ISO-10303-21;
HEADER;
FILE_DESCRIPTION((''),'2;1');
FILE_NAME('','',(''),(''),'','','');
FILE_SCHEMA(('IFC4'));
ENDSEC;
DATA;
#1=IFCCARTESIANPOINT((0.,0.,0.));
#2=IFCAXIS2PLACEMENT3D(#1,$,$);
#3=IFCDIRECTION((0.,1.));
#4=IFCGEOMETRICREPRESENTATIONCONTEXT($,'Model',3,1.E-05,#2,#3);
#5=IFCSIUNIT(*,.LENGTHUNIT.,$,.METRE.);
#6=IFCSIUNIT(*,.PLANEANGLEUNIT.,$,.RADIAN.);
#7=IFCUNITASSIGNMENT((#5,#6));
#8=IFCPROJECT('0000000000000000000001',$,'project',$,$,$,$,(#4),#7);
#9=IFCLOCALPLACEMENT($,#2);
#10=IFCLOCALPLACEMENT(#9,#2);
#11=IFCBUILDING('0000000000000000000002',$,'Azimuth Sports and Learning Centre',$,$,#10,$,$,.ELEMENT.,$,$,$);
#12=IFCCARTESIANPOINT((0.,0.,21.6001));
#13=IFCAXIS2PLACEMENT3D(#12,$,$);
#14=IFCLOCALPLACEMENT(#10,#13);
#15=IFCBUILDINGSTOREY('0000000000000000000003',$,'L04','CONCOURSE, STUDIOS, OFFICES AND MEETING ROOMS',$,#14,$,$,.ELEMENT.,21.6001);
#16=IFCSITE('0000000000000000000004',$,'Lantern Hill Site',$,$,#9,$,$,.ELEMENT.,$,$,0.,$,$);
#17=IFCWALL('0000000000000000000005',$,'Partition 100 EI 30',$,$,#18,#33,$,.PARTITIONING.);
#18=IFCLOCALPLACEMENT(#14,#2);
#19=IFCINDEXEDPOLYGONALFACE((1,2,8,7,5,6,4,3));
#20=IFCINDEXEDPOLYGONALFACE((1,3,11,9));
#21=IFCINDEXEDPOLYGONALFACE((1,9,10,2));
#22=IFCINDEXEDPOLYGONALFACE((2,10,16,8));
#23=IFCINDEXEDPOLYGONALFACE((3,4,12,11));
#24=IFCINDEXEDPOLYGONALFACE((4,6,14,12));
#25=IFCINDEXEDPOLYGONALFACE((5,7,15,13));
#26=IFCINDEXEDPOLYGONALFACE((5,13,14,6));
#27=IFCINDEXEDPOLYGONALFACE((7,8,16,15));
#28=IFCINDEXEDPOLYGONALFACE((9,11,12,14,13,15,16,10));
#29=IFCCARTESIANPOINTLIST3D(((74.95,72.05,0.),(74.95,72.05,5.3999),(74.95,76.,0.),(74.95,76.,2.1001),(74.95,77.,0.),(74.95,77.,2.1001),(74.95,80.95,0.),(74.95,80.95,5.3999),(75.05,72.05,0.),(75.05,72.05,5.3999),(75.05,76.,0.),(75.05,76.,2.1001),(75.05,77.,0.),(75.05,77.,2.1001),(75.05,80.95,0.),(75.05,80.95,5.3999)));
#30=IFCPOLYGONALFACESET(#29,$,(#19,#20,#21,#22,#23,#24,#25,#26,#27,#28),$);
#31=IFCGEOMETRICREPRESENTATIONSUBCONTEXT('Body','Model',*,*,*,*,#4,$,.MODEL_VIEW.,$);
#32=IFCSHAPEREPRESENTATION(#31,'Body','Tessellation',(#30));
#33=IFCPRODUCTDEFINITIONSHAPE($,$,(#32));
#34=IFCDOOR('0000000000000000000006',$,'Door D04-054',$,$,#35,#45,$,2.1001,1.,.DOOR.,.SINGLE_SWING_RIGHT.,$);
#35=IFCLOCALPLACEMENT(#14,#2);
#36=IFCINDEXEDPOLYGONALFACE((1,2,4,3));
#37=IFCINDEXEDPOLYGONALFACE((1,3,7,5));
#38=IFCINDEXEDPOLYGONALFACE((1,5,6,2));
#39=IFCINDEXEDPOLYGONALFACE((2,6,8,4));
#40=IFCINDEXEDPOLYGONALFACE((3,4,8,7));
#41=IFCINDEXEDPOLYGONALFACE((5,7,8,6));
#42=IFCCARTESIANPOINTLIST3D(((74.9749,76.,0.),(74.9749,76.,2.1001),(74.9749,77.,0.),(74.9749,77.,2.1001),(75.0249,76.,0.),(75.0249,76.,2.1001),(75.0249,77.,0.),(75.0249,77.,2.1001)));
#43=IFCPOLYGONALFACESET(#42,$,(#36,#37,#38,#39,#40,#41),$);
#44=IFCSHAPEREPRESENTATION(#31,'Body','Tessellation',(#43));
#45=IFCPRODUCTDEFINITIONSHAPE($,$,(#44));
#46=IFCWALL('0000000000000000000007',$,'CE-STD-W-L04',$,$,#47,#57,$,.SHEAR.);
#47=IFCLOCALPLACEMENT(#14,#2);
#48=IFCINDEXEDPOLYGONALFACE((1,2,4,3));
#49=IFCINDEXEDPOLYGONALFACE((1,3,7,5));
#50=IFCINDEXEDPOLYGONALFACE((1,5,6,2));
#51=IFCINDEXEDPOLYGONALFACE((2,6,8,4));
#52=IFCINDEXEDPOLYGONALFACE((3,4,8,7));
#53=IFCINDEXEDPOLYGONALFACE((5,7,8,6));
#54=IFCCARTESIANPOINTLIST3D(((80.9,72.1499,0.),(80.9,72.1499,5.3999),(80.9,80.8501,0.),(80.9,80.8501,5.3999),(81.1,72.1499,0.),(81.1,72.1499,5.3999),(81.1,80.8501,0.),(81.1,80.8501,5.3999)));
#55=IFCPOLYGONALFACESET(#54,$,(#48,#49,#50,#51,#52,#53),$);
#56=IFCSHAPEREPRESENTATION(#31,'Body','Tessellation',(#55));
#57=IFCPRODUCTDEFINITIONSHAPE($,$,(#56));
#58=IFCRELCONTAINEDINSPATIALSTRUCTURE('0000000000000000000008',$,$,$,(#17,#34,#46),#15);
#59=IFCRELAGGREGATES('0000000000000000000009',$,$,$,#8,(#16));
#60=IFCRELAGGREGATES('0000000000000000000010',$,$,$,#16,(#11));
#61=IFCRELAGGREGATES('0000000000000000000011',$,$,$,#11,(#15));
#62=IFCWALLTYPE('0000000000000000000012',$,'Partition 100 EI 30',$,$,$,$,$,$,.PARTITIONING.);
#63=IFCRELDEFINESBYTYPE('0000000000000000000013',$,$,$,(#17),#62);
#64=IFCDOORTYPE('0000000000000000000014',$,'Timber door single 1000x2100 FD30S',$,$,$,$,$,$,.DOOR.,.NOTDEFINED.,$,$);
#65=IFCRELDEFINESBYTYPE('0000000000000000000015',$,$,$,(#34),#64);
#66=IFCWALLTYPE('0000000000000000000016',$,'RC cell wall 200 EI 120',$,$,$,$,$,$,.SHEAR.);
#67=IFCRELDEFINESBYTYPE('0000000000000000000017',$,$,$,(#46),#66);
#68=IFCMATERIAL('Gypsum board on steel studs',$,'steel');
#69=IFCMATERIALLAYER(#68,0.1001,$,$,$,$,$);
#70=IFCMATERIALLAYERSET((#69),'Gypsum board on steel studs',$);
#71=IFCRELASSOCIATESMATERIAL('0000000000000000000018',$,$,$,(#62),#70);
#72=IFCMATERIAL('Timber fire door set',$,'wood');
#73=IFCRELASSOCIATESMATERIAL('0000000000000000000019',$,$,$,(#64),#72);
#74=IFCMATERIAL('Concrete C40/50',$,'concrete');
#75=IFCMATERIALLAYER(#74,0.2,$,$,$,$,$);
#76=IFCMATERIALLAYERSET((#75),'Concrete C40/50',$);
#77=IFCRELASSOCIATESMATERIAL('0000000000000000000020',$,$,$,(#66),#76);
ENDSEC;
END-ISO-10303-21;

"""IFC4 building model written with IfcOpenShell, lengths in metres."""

from ifc_helpers import new_model, si_unit, direction, frame, frame_2d, origin, place, context, subcontext, project, spatial, rectangle, extrude, material, layer, layer_set, type_object, element, fill, save


model = new_model("IFC4")

# Units and contexts
model_context = context("Model", 3, precision=1e-05, world=origin(), true_north=direction((0.0, 1.0)))
body_context = subcontext(model_context, "Body", "Model", "MODEL_VIEW")
ifc_project = project(units=[si_unit("LENGTHUNIT", "METRE"), si_unit("PLANEANGLEUNIT", "RADIAN")], contexts=[model_context])

# Site, building, storey
site_placement = place(None, origin())
site = spatial("IfcSite", under=ifc_project, at=site_placement, Name="Lantern Hill Site", CompositionType="ELEMENT", RefElevation=0.0)
building_placement = place(site_placement, origin())
building = spatial("IfcBuilding", under=site, at=building_placement, Name="Azimuth Sports and Learning Centre", CompositionType="ELEMENT")
storey_placement = place(building_placement, frame((0.0, 0.0, 21.6001)))
storey = spatial("IfcBuildingStorey", under=building, at=storey_placement, Name="L04", Description="CONCOURSE, STUDIOS, OFFICES AND MEETING ROOMS", CompositionType="ELEMENT", Elevation=21.6001)

# Shared definitions
ifc_material_1 = material(Name="Gypsum board on steel studs", Category="steel")
ifc_layer_1 = layer(ifc_material_1, 0.1001)
ifc_layer_set_1 = layer_set([ifc_layer_1], Name="Gypsum board on steel studs")
wall_type_1 = type_object("IfcWallType", Name="Partition 100 EI 30", PredefinedType="PARTITIONING", material=ifc_layer_set_1)

# Wall, opening, door
wall_1_placement = place(storey_placement, frame((75.0, 72.05, 0.0), z_axis=(0.0, 0.0, 1.0), x_axis=(0.0, 1.0, 0.0)))
wall_1 = element("IfcWall", 1, at=wall_1_placement, inside=storey, type_object=wall_type_1, Name="Partition 100 EI 30", PredefinedType="PARTITIONING", context=body_context, shape_type="SweptSolid", body=[
    extrude(rectangle(XDim=8.8999, YDim=0.1001, at=frame_2d((4.45, 0.0))), origin(), (0.0, 0.0, 1.0), 5.3999),
])
opening_placement = place(wall_1_placement, frame((3.95, 0.0, 0.0)))
opening = element("IfcOpeningElement", 2, at=opening_placement, cuts=wall_1, PredefinedType="OPENING", context=body_context, shape_type="SweptSolid", body=[
    extrude(rectangle(XDim=1.0, YDim=2.1001, at=frame_2d((0.5, 1.05))), frame((0.0, 0.061, 0.0), z_axis=(0.0, -1.0, 0.0), x_axis=(1.0, 0.0, 0.0)), (0.0, 0.0, 1.0), 0.1221),
])
ifc_material_2 = material(Name="Timber fire door set", Category="wood")
door_type = type_object("IfcDoorType", Name="Timber door single 1000x2100 FD30S", OperationType="NOTDEFINED", PredefinedType="DOOR", material=ifc_material_2)
door_placement = place(opening_placement, frame((1.0, 0.0, 0.0), z_axis=(0.0, 0.0, 1.0), x_axis=(-1.0, 0.0, 0.0)))
door = element("IfcDoor", 3, at=door_placement, inside=storey, type_object=door_type, Name="Door D04-054", OperationType="SINGLE_SWING_RIGHT", OverallHeight=2.1001, OverallWidth=1.0, PredefinedType="DOOR", context=body_context, shape_type="SweptSolid", body=[
    extrude(rectangle(XDim=1.0, YDim=2.1001, at=frame_2d((0.5, 1.05))), frame((0.0, 0.0249, 0.0), z_axis=(0.0, -1.0, 0.0), x_axis=(1.0, 0.0, 0.0)), (0.0, 0.0, 1.0), 0.05),
])
fill(opening, door)

# Wall
ifc_material_3 = material(Name="Concrete C40/50", Category="concrete")
ifc_layer_2 = layer(ifc_material_3, 0.2)
ifc_layer_set_2 = layer_set([ifc_layer_2], Name="Concrete C40/50")
wall_type_2 = type_object("IfcWallType", Name="RC cell wall 200 EI 120", PredefinedType="SHEAR", material=ifc_layer_set_2)
wall_2_placement = place(storey_placement, frame((81.0, 72.1499, 0.0), z_axis=(0.0, 0.0, 1.0), x_axis=(0.0, 1.0, 0.0)))
element("IfcWall", 4, at=wall_2_placement, inside=storey, type_object=wall_type_2, Name="CE-STD-W-L04", PredefinedType="SHEAR", context=body_context, shape_type="SweptSolid", body=[
    extrude(rectangle(XDim=8.7002, YDim=0.2, at=frame_2d((4.3501, 0.0))), origin(), (0.0, 0.0, 1.0), 5.3999),
])

save(model, "model.ifc")
